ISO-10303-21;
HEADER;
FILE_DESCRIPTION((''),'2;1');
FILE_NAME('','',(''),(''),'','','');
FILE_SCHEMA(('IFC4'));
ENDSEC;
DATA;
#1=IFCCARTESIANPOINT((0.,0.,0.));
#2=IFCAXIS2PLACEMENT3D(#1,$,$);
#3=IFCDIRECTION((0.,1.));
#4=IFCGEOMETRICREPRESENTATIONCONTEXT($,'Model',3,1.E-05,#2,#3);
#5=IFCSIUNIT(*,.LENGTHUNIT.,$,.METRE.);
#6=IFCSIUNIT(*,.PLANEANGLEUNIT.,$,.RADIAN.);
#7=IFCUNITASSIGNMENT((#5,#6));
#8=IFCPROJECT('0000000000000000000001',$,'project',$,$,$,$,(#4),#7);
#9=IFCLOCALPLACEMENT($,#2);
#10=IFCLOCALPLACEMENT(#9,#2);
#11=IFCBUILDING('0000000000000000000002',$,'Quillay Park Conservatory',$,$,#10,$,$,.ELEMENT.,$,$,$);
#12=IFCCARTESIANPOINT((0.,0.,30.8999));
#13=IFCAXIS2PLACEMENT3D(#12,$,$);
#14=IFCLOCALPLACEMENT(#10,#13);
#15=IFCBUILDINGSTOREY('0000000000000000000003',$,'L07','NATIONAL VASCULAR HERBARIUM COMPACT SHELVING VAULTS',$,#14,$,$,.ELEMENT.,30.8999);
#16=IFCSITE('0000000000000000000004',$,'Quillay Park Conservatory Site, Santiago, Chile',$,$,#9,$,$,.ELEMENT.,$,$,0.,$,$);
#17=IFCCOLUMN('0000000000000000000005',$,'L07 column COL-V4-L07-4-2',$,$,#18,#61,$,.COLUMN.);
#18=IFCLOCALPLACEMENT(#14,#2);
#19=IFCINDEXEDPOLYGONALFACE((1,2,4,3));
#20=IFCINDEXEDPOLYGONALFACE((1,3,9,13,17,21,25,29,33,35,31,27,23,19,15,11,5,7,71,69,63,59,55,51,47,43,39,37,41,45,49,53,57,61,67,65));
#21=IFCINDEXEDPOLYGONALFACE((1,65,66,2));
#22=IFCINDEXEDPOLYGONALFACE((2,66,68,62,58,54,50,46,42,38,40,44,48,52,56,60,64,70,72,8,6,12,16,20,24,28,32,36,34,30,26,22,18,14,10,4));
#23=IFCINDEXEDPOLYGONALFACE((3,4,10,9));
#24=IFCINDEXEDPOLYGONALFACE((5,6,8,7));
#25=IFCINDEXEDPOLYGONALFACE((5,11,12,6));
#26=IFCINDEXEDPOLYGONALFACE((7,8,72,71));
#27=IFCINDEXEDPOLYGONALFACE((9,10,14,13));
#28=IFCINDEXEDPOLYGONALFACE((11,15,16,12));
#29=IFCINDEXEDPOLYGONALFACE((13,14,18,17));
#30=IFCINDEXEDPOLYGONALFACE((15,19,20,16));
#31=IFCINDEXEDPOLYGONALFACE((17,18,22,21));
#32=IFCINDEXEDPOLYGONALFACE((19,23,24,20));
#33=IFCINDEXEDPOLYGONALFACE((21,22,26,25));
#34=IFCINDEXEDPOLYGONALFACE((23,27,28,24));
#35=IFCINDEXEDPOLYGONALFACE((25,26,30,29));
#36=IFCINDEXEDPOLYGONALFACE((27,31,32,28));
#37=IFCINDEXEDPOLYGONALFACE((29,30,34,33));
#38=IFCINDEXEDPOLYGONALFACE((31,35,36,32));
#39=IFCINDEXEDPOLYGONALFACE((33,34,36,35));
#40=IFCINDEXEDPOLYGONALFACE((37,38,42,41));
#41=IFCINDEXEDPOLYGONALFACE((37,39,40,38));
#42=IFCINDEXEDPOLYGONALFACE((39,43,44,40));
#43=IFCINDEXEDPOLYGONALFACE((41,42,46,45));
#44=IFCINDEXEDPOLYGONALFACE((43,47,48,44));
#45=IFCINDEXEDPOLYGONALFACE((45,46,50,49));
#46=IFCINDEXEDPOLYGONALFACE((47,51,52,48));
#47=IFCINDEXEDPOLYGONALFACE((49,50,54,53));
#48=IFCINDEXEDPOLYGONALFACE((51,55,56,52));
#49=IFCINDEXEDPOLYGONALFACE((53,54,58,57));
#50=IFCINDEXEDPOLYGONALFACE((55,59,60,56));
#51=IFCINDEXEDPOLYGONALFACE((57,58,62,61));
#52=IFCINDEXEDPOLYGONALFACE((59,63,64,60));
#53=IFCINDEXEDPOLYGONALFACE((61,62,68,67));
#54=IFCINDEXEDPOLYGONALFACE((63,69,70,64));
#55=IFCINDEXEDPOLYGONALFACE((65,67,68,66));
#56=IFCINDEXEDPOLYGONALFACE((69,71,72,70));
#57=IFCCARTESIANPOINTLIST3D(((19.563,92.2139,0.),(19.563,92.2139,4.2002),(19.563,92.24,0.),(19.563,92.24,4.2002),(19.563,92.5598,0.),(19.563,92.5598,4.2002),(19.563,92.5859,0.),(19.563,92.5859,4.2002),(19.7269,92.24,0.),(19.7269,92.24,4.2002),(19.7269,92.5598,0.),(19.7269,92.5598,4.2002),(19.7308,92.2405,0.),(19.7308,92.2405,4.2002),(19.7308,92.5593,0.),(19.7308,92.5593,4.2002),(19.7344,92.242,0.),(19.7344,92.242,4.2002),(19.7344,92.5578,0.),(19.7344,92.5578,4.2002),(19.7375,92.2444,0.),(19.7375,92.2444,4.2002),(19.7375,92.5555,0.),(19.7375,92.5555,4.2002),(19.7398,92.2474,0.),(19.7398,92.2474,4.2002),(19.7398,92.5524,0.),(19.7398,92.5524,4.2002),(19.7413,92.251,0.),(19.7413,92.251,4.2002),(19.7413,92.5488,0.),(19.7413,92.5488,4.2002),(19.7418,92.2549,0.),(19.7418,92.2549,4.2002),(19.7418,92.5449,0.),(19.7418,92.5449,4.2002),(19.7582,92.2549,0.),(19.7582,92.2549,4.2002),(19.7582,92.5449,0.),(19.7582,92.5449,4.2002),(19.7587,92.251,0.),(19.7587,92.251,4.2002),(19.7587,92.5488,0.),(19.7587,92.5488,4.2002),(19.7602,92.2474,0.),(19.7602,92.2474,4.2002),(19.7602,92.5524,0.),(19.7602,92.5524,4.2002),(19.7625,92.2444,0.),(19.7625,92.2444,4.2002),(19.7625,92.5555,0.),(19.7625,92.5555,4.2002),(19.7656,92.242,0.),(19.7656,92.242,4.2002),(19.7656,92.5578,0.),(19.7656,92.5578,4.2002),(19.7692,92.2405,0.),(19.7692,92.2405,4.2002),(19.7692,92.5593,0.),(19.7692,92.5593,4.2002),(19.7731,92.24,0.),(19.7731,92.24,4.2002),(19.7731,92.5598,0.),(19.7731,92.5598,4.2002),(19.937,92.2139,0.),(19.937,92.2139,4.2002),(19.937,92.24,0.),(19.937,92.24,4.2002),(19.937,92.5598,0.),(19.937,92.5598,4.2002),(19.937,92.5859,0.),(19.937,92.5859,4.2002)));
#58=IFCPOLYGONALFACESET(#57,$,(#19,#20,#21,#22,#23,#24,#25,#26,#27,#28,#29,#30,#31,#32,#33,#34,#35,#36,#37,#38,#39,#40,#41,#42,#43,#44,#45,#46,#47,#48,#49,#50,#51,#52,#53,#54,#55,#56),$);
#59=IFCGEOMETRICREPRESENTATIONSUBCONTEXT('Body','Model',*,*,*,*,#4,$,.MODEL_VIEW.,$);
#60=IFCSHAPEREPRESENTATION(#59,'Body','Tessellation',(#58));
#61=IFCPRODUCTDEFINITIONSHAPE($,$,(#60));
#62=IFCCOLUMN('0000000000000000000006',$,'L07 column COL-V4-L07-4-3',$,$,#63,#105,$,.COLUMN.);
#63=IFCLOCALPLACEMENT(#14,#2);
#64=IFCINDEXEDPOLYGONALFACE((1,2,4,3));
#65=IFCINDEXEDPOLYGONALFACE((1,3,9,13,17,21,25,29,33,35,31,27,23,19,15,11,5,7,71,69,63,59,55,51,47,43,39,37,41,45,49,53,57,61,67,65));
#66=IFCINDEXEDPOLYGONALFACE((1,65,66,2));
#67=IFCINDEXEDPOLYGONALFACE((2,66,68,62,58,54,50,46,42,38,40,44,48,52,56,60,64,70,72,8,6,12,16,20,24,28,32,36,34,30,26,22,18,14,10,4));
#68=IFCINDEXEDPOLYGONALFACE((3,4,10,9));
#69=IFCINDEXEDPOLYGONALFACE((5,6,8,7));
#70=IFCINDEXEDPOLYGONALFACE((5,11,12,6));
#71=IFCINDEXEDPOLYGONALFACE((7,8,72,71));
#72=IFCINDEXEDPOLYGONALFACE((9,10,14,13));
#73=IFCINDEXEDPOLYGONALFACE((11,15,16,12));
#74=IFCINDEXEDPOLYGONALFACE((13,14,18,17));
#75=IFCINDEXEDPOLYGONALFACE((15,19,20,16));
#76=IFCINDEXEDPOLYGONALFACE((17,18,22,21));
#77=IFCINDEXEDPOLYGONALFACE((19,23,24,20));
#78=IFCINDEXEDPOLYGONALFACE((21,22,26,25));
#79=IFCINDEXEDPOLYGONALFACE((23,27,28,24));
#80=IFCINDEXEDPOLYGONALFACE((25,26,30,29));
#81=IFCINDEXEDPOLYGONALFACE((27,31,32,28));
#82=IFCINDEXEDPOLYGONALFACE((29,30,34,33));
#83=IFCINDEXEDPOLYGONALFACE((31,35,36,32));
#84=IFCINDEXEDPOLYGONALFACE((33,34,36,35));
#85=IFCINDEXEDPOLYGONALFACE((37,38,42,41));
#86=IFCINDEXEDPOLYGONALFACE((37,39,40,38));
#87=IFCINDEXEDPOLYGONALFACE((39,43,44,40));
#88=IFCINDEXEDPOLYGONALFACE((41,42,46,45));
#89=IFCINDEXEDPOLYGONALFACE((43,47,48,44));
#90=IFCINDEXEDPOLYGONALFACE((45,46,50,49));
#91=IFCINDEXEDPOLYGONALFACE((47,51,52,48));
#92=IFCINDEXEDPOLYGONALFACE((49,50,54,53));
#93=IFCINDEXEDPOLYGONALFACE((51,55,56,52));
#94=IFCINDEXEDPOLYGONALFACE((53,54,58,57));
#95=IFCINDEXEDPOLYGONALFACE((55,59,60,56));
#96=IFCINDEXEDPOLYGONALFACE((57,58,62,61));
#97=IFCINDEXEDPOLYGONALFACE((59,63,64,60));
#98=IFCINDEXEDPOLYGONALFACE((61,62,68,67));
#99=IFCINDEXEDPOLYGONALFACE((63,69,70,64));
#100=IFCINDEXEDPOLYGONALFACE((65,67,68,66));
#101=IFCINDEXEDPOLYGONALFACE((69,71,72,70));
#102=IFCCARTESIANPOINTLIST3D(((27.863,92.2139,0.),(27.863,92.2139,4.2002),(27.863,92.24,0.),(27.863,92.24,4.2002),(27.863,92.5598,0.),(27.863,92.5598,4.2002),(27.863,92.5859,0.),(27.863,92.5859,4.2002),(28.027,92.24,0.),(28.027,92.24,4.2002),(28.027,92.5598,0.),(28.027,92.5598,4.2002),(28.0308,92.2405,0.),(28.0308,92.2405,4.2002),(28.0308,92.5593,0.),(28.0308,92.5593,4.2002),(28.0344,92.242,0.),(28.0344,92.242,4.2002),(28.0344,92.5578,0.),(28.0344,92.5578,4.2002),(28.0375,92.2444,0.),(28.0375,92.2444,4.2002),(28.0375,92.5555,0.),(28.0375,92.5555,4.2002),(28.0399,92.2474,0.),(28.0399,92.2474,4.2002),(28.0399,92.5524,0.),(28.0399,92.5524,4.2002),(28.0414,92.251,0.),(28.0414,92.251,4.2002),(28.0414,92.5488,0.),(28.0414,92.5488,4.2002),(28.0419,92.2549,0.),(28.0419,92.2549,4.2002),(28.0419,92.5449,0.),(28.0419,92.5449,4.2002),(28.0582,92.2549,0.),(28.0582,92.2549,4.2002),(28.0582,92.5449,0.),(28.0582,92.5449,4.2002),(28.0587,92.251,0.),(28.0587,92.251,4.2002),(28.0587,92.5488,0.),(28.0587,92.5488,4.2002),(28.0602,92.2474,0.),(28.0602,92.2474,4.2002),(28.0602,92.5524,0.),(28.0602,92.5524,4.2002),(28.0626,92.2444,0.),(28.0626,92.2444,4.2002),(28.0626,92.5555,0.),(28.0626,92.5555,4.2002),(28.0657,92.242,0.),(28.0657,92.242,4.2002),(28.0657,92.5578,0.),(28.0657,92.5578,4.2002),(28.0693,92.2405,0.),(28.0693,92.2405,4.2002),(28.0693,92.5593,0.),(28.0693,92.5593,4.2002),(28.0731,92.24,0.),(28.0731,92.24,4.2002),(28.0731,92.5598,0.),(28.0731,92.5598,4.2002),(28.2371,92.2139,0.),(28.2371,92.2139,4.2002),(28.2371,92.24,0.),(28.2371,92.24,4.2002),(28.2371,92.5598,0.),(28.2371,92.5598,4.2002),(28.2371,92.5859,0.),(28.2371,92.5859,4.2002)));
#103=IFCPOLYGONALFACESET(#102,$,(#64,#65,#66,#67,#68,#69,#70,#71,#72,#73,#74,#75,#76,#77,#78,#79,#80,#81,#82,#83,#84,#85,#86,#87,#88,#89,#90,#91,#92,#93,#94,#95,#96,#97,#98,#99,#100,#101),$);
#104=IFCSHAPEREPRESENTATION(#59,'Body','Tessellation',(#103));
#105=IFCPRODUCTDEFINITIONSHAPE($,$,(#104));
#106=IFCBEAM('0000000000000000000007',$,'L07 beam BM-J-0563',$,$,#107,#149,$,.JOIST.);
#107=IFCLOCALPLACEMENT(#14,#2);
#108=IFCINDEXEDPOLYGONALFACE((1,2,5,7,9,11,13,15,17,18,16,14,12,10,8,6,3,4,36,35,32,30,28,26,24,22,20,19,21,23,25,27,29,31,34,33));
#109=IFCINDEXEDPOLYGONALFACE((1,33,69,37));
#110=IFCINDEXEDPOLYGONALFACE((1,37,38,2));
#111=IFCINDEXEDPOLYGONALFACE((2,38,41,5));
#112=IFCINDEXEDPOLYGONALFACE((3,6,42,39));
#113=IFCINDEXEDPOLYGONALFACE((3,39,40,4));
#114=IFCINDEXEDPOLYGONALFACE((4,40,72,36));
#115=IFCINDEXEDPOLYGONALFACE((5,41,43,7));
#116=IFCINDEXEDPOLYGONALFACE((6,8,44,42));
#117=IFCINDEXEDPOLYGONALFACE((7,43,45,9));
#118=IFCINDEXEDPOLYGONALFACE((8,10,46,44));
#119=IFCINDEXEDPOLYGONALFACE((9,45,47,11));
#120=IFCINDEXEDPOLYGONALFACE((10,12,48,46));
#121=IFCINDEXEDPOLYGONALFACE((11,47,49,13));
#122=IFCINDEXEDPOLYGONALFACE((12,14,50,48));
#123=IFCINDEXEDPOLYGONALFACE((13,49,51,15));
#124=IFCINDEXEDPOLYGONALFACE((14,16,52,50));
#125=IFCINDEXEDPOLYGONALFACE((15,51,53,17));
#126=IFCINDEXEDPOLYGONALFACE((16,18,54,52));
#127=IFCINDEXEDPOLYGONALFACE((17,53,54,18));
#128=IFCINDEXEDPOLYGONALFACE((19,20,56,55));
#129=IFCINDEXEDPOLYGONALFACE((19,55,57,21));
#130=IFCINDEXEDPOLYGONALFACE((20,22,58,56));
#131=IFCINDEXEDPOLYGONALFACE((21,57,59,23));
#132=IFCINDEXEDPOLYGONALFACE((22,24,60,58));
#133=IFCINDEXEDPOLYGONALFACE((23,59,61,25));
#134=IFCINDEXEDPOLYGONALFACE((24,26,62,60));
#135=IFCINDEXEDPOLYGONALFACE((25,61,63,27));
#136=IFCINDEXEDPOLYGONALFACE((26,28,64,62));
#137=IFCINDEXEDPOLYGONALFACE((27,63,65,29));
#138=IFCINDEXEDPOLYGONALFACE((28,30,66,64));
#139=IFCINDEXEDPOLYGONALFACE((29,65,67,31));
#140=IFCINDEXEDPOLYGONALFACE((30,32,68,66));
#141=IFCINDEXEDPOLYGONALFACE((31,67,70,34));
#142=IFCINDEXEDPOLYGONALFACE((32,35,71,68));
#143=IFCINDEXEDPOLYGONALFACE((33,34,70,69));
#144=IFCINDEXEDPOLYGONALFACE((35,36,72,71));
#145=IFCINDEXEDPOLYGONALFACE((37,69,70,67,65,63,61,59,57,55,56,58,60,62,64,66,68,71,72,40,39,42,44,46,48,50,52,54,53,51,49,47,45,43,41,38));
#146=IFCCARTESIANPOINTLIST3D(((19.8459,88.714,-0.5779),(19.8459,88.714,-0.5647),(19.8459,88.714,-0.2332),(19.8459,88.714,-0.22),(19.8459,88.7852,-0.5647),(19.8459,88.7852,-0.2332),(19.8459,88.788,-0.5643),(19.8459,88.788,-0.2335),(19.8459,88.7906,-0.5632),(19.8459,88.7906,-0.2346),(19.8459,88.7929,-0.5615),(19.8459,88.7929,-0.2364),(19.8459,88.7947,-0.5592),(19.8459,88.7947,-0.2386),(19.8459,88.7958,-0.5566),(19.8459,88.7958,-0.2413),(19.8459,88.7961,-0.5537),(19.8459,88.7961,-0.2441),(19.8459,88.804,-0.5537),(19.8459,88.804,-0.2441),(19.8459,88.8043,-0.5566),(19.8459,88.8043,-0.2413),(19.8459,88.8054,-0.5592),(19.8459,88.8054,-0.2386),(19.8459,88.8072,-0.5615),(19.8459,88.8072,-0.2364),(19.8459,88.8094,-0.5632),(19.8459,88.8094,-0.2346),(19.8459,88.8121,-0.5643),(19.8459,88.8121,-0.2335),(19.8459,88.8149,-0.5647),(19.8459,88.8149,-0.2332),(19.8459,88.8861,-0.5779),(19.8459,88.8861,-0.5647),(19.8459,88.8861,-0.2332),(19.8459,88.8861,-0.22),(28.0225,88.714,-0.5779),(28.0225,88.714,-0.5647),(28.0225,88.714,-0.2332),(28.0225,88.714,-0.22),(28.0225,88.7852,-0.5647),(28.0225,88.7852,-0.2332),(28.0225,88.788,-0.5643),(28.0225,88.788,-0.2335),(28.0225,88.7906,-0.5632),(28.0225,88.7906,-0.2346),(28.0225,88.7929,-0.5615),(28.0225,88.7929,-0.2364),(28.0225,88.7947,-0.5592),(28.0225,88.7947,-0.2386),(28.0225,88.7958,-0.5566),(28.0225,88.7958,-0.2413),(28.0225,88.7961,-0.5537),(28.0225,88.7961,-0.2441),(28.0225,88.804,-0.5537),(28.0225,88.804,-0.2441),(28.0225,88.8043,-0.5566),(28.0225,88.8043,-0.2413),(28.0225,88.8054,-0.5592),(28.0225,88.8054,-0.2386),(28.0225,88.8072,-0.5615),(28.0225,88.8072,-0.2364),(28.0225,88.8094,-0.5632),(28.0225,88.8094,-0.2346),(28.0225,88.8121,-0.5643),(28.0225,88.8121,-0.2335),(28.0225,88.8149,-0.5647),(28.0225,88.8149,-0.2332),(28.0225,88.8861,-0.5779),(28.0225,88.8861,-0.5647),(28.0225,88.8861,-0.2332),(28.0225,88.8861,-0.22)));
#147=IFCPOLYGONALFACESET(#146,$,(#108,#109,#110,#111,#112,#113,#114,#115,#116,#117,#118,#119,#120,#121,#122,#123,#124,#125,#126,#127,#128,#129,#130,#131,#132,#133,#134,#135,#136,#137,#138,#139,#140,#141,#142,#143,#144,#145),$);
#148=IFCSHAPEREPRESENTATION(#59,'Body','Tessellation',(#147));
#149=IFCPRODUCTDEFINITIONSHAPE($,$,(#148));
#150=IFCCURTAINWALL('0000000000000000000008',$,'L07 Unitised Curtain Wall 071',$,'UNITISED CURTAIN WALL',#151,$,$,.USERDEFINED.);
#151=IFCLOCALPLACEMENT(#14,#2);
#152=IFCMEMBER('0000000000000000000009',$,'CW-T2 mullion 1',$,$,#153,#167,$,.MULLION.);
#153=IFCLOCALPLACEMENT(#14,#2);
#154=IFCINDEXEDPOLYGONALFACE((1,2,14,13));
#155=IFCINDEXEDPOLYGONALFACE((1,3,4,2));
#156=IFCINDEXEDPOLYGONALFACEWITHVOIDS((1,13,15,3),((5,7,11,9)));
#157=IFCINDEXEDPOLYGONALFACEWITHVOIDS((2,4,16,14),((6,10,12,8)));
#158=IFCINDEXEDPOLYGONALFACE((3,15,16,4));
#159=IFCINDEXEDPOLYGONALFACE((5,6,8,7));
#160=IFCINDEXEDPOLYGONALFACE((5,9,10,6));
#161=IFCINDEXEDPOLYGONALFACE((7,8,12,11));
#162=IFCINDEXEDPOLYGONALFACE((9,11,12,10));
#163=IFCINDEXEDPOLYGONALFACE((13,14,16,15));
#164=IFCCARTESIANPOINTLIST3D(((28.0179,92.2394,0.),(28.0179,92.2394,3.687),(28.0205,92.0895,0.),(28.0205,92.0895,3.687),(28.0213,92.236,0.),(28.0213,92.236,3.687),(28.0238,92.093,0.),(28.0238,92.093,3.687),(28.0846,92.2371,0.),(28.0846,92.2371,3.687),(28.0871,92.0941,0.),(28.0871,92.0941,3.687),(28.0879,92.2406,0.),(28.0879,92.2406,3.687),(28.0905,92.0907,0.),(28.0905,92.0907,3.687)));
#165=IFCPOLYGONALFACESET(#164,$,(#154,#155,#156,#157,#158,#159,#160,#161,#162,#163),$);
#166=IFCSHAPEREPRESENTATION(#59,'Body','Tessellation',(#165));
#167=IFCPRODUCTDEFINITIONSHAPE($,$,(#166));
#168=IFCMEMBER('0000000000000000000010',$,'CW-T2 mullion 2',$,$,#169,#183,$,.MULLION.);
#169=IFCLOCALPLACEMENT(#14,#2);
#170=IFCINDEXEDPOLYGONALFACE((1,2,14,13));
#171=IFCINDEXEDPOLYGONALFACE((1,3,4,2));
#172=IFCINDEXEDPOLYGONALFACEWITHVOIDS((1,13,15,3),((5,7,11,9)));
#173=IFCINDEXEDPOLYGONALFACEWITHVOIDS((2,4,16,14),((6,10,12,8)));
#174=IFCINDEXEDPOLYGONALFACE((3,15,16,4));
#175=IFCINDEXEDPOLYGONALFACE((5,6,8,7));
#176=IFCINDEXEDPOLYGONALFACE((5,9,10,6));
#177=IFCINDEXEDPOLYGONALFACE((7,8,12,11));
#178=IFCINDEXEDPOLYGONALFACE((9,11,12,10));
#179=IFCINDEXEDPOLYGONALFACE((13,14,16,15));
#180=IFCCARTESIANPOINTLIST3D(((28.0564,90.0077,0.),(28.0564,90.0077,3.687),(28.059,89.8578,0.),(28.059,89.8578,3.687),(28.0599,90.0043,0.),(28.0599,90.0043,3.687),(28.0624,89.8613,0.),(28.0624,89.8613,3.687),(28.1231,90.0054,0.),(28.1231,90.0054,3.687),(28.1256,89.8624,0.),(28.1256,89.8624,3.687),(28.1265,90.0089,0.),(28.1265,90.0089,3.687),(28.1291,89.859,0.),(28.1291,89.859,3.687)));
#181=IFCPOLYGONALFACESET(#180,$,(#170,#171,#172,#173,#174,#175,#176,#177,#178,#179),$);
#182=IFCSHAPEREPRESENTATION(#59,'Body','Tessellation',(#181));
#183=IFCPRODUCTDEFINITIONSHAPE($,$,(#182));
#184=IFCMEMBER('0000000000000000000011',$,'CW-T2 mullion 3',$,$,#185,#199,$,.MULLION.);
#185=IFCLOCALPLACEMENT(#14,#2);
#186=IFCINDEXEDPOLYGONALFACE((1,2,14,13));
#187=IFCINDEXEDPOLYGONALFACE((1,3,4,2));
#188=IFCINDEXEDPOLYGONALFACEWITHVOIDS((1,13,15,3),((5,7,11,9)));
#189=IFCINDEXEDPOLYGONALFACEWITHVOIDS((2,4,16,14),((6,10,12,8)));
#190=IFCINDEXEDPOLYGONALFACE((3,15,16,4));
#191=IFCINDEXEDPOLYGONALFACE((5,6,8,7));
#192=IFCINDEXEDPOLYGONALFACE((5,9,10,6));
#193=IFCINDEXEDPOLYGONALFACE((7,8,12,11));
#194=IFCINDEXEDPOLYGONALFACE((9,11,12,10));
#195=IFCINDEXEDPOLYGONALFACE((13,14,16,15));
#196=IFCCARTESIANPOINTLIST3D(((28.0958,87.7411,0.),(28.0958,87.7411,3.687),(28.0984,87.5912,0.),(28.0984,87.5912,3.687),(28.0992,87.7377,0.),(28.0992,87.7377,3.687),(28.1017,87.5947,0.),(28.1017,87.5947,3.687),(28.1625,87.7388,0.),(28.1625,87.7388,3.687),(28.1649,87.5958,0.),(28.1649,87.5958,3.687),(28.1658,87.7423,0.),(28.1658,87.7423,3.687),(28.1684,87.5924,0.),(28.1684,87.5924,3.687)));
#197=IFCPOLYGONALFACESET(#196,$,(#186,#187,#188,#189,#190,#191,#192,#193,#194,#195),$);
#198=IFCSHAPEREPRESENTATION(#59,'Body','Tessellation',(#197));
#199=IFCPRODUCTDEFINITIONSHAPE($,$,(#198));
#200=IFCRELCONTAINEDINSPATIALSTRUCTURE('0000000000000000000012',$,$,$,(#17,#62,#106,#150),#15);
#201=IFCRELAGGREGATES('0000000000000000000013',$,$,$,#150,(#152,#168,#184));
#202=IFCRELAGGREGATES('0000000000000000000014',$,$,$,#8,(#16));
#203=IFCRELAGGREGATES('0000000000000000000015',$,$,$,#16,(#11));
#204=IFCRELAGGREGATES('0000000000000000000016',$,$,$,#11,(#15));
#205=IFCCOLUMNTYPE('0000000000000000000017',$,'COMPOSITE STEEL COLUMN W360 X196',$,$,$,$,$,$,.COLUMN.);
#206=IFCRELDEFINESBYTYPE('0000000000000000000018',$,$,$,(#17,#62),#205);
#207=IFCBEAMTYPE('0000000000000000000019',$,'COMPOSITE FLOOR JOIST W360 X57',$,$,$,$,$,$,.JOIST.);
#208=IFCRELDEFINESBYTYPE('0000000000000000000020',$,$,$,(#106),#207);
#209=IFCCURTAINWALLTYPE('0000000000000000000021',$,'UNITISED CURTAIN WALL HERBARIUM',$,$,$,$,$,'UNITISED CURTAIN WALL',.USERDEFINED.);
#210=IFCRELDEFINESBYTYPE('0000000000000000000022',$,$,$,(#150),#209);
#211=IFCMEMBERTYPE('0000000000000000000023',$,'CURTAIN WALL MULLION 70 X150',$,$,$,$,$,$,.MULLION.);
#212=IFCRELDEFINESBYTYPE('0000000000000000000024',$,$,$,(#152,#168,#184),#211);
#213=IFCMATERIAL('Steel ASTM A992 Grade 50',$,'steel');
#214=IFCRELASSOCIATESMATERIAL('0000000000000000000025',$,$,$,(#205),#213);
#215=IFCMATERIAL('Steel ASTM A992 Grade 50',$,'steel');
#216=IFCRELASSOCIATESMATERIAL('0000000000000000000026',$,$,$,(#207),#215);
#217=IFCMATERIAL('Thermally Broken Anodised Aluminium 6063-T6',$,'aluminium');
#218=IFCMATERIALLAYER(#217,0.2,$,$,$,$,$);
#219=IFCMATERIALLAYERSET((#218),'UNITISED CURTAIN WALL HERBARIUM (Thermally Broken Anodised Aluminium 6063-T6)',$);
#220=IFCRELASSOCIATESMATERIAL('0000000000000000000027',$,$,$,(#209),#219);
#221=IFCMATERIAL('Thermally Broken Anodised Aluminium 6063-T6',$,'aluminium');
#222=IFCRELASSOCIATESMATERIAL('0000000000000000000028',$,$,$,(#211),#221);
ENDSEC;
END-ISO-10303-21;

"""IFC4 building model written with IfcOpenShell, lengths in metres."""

from ifc_helpers import new_model, si_unit, direction, frame, origin, origin_2d, place, context, subcontext, project, spatial, hollow_rectangle, i_section, extrude, material, layer, layer_set, material_profile, profile_set, type_object, element, aggregate, save


model = new_model("IFC4")

# Units and contexts
model_context = context("Model", 3, precision=1e-05, world=origin(), true_north=direction((0.0, 1.0)))
body_context = subcontext(model_context, "Body", "Model", "MODEL_VIEW")
ifc_project = project(units=[si_unit("LENGTHUNIT", "METRE"), si_unit("PLANEANGLEUNIT", "RADIAN")], contexts=[model_context])

# Site, building, storey
site_placement = place(None, origin())
site = spatial("IfcSite", under=ifc_project, at=site_placement, Name="Quillay Park Conservatory Site, Santiago, Chile", CompositionType="ELEMENT", RefElevation=0.0)
building_placement = place(site_placement, origin())
building = spatial("IfcBuilding", under=site, at=building_placement, Name="Quillay Park Conservatory", CompositionType="ELEMENT")
storey_placement = place(building_placement, frame((0.0, 0.0, 30.8999)))
storey = spatial("IfcBuildingStorey", under=building, at=storey_placement, Name="L07", Description="NATIONAL VASCULAR HERBARIUM COMPACT SHELVING VAULTS", CompositionType="ELEMENT", Elevation=30.8999)

# Columns
ifc_material_1 = material(Name="Steel ASTM A992 Grade 50", Category="steel")
ifc_material_profile_1 = material_profile(ifc_material_1, i_section(OverallWidth=0.374, OverallDepth=0.3721, WebThickness=0.0164, FlangeThickness=0.0261, FilletRadius=0.0149, at=origin_2d()), Name="W360x196")
ifc_profile_set_1 = profile_set([ifc_material_profile_1], Name="Steel ASTM A992 Grade 50")
column_type = type_object("IfcColumnType", Name="COMPOSITE STEEL COLUMN W360 X196", PredefinedType="COLUMN", material=ifc_profile_set_1)
for number, where, z_axis, x_axis, name in (
    (1, (19.75, 92.3999, 0.0), (0.0, 0.0, 1.0), (1.0, 0.0, 0.0), "L07 column COL-V4-L07-4-2"),
    (2, (28.05, 92.3999, 0.0), (0.0, 0.0, 1.0), (1.0, 0.0, 0.0), "L07 column COL-V4-L07-4-3"),
):
    element("IfcColumn", number, at=place(storey_placement, frame(where, z_axis=z_axis, x_axis=x_axis)), inside=storey, type_object=column_type, Name=name, PredefinedType="COLUMN", context=body_context, shape_type="SweptSolid", body=[
        extrude(i_section(OverallWidth=0.374, OverallDepth=0.3721, WebThickness=0.0164, FlangeThickness=0.0261, FilletRadius=0.0149, at=origin_2d()), origin(), (0.0, 0.0, 1.0), 4.2002),
    ])

# Beam
ifc_material_2 = material(Name="Steel ASTM A992 Grade 50", Category="steel")
ifc_material_profile_2 = material_profile(ifc_material_2, i_section(OverallWidth=0.1721, OverallDepth=0.3579, WebThickness=0.0078, FlangeThickness=0.0132, FilletRadius=0.011, at=origin_2d()), Name="W360x57")
ifc_profile_set_2 = profile_set([ifc_material_profile_2], Name="Steel ASTM A992 Grade 50")
beam_type_1 = type_object("IfcBeamType", Name="COMPOSITE FLOOR JOIST W360 X57", PredefinedType="JOIST", material=ifc_profile_set_2)
beam_1_placement = place(storey_placement, frame((19.8459, 88.8, -0.3989), z_axis=(1.0, 0.0, 0.0), x_axis=(0.0, 1.0, 0.0)))
element("IfcBeam", 3, at=beam_1_placement, inside=storey, type_object=beam_type_1, Name="L07 beam BM-J-0563", PredefinedType="JOIST", context=body_context, shape_type="SweptSolid", body=[
    extrude(i_section(OverallWidth=0.1721, OverallDepth=0.3579, WebThickness=0.0078, FlangeThickness=0.0132, FilletRadius=0.011, at=origin_2d()), origin(), (0.0, 0.0, 1.0), 8.1765),
])

# Curtain wall, members
ifc_material_3 = material(Name="Thermally Broken Anodised Aluminium 6063-T6", Category="aluminium")
ifc_layer_1 = layer(ifc_material_3, 0.2)
ifc_layer_set_1 = layer_set([ifc_layer_1], Name="UNITISED CURTAIN WALL HERBARIUM (Thermally Broken Anodised Aluminium 6063-T6)")
curtain_wall_type = type_object("IfcCurtainWallType", Name="UNITISED CURTAIN WALL HERBARIUM", ElementType="UNITISED CURTAIN WALL", PredefinedType="USERDEFINED", material=ifc_layer_set_1)
curtain_wall_placement = place(storey_placement, origin())
curtain_wall = element("IfcCurtainWall", 4, at=curtain_wall_placement, inside=storey, type_object=curtain_wall_type, Name="L07 Unitised Curtain Wall 071", ObjectType="UNITISED CURTAIN WALL", PredefinedType="USERDEFINED")
ifc_material_4 = material(Name="Thermally Broken Anodised Aluminium 6063-T6", Category="aluminium")
ifc_material_profile_3 = material_profile(ifc_material_4, hollow_rectangle(XDim=0.0701, YDim=0.1499, WallThickness=0.0034, at=origin_2d()), Name="AL70x150x3.5")
ifc_profile_set_3 = profile_set([ifc_material_profile_3], Name="Thermally Broken Anodised Aluminium 6063-T6")
member_type_1 = type_object("IfcMemberType", Name="CURTAIN WALL MULLION 70 X150", PredefinedType="MULLION", material=ifc_profile_set_3)
member_1_placement = place(storey_placement, frame((28.0542, 92.165, 0.0), z_axis=(0.0, 0.0, 1.0), x_axis=(0.999849, 0.01735, 0.0)))
member_1 = element("IfcMember", 5, at=member_1_placement, type_object=member_type_1, Name="CW-T2 mullion 1", PredefinedType="MULLION", context=body_context, shape_type="SweptSolid", body=[
    extrude(hollow_rectangle(XDim=0.0701, YDim=0.1499, WallThickness=0.0034, at=origin_2d()), origin(), (0.0, 0.0, 1.0), 3.687),
])
member_2_placement = place(storey_placement, frame((28.0928, 89.9333, 0.0), z_axis=(0.0, 0.0, 1.0), x_axis=(0.999849, 0.01735, 0.0)))
member_2 = element("IfcMember", 6, at=member_2_placement, type_object=member_type_1, Name="CW-T2 mullion 2", PredefinedType="MULLION", context=body_context, shape_type="SweptSolid", body=[
    extrude(hollow_rectangle(XDim=0.0701, YDim=0.1499, WallThickness=0.0034, at=origin_2d()), origin(), (0.0, 0.0, 1.0), 3.687),
])
member_3_placement = place(storey_placement, frame((28.1321, 87.6667, 0.0), z_axis=(0.0, 0.0, 1.0), x_axis=(0.999849, 0.01735, 0.0)))
member_3 = element("IfcMember", 7, at=member_3_placement, type_object=member_type_1, Name="CW-T2 mullion 3", PredefinedType="MULLION", context=body_context, shape_type="SweptSolid", body=[
    extrude(hollow_rectangle(XDim=0.0701, YDim=0.1499, WallThickness=0.0034, at=origin_2d()), origin(), (0.0, 0.0, 1.0), 3.687),
])

aggregate(curtain_wall, [member_1, member_2, member_3])

save(model, "model.ifc")
